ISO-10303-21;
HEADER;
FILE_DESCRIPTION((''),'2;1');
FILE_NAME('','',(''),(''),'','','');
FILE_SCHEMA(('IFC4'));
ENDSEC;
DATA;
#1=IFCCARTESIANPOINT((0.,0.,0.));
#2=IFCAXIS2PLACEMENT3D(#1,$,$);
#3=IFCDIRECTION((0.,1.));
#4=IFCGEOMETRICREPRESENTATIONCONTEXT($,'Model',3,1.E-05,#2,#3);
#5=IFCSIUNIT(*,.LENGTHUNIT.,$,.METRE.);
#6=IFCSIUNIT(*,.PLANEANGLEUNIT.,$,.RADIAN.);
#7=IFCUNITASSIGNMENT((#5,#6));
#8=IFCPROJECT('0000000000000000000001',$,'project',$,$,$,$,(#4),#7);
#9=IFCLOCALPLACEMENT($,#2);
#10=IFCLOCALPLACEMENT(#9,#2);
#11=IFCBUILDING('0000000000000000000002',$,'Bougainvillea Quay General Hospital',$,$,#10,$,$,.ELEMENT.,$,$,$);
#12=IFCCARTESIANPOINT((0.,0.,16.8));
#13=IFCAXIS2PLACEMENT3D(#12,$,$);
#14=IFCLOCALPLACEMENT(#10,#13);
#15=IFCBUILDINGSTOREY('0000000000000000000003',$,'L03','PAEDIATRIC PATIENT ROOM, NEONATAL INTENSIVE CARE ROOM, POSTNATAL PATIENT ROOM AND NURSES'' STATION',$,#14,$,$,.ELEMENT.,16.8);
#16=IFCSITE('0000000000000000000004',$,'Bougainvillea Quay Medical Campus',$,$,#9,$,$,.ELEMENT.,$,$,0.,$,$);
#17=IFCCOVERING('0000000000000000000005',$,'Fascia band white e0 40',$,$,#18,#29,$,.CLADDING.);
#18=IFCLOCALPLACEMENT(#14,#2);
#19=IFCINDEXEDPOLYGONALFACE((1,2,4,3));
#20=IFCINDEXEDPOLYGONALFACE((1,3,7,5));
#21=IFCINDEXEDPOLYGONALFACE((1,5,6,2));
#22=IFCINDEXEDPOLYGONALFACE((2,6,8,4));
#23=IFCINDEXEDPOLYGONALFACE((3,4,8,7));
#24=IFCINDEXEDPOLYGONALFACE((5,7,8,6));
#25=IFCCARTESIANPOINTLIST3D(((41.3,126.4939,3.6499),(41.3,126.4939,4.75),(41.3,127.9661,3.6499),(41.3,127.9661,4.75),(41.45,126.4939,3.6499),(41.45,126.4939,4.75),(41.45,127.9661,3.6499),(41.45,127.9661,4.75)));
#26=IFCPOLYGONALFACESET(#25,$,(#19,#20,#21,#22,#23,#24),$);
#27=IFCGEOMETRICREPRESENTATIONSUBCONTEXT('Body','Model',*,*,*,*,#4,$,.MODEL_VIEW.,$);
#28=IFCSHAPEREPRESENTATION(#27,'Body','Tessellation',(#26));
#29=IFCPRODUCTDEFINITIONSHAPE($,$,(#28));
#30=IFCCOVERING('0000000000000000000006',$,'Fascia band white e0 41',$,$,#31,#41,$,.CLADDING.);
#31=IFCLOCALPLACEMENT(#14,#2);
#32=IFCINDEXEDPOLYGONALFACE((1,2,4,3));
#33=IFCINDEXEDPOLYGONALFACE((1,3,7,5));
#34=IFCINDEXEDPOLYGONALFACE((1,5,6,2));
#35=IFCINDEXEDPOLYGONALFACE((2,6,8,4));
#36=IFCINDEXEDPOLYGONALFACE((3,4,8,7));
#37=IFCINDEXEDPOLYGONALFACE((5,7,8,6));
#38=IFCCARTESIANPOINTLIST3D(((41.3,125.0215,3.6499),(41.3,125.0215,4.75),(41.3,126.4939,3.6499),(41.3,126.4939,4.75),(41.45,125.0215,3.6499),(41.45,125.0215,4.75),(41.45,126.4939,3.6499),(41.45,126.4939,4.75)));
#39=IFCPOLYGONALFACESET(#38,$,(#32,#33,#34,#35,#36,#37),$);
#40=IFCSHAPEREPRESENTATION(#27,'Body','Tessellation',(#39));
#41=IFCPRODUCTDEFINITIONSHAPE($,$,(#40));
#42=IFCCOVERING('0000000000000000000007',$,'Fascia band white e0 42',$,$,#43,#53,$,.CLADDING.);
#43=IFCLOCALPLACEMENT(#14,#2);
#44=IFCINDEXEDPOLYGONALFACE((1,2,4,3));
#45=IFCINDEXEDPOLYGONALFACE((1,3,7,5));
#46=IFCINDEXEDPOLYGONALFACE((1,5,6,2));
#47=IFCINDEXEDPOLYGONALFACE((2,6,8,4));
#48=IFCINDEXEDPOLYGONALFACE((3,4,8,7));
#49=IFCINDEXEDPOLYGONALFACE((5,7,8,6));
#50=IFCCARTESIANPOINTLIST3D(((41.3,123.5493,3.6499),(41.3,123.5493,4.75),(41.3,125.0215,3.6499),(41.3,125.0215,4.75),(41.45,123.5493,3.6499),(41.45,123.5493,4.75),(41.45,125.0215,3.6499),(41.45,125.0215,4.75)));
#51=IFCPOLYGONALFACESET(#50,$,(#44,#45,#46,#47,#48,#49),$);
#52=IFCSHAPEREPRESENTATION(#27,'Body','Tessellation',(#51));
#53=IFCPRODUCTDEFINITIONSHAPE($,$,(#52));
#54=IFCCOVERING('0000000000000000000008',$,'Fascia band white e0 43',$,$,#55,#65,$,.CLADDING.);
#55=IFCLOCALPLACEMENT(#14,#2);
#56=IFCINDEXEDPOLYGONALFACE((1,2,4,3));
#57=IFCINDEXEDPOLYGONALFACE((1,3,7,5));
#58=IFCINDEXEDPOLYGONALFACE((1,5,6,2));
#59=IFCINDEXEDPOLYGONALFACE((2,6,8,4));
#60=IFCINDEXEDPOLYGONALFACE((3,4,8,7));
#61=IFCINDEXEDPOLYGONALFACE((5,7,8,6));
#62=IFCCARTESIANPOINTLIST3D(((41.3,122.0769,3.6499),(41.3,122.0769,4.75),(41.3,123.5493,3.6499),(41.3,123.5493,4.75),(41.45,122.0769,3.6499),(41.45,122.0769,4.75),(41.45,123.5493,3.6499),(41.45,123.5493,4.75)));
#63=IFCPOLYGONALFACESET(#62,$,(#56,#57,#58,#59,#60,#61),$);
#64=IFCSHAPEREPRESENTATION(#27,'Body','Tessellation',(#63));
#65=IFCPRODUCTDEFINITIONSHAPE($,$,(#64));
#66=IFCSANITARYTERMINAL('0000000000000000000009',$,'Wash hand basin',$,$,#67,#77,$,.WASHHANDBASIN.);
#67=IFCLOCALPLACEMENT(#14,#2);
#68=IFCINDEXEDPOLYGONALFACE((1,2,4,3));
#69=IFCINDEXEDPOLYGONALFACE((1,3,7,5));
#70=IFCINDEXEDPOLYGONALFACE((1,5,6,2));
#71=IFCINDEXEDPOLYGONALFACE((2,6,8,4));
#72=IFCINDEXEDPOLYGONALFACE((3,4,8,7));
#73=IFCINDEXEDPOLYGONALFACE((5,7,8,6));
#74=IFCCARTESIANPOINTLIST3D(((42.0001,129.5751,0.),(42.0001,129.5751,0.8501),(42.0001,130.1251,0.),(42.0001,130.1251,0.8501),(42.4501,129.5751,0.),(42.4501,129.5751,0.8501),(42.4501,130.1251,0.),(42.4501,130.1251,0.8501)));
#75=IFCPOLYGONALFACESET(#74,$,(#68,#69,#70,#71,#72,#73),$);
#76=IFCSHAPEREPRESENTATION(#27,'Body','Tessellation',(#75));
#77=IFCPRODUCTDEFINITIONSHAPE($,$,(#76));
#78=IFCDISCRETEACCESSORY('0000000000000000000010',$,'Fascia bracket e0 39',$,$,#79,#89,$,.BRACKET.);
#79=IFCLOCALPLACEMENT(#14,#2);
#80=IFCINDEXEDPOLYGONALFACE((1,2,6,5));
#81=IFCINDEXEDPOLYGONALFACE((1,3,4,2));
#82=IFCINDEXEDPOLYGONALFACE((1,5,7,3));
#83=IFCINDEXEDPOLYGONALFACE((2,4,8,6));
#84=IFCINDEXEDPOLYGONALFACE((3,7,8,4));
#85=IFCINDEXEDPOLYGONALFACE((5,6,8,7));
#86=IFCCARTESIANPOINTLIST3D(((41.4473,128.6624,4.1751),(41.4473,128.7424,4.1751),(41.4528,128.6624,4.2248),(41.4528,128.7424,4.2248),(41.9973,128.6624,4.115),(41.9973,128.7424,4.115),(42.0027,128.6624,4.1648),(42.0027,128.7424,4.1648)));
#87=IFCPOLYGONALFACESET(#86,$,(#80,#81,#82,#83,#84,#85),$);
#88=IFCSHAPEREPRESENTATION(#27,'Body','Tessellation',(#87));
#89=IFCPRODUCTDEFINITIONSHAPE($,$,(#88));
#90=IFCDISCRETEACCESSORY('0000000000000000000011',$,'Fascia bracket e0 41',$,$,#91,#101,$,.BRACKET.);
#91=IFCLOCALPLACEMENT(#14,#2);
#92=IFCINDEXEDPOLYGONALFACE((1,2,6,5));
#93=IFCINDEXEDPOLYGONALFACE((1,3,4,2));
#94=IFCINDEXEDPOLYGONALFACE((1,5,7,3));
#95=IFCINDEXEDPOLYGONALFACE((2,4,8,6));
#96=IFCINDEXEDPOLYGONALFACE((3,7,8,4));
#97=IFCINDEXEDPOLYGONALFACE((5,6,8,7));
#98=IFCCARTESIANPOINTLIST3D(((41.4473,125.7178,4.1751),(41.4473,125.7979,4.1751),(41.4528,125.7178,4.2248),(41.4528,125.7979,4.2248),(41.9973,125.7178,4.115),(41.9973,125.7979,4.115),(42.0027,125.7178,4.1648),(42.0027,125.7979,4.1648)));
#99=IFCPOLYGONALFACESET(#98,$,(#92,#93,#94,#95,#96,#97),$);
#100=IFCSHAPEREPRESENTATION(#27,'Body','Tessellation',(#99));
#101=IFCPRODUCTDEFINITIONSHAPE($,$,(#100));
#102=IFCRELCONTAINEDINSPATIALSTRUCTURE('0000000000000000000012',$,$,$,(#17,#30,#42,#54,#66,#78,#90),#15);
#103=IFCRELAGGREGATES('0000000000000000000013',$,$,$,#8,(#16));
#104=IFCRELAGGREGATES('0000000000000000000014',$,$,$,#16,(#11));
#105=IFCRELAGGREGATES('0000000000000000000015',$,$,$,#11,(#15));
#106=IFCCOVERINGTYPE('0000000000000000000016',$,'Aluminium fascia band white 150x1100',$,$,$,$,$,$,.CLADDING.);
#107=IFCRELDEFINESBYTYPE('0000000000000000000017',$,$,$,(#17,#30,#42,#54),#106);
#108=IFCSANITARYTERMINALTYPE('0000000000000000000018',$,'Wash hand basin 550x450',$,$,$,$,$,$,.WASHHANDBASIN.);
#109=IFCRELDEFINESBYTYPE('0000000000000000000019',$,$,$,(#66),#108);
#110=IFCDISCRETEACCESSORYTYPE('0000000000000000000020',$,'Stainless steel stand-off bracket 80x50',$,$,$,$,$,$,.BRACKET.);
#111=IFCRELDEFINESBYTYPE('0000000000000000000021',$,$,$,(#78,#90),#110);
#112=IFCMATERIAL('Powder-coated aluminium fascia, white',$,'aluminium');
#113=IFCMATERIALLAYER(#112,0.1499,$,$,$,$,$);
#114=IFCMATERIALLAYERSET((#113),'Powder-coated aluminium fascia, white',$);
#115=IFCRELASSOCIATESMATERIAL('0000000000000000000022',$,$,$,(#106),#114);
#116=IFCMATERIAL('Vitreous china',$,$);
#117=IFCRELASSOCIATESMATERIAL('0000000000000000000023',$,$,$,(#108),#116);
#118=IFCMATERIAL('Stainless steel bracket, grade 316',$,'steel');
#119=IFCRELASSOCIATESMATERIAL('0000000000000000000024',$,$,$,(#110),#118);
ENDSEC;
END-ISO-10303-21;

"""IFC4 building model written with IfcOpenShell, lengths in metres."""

from ifc_helpers import new_model, si_unit, direction, frame, origin, origin_2d, place, context, subcontext, project, spatial, polyline, rectangle, outline, extrude, material, layer, layer_set, material_profile, profile_set, type_object, element, save


model = new_model("IFC4")

# Units and contexts
model_context = context("Model", 3, precision=1e-05, world=origin(), true_north=direction((0.0, 1.0)))
body_context = subcontext(model_context, "Body", "Model", "MODEL_VIEW")
ifc_project = project(units=[si_unit("LENGTHUNIT", "METRE"), si_unit("PLANEANGLEUNIT", "RADIAN")], contexts=[model_context])

# Site, building, storey
site_placement = place(None, origin())
site = spatial("IfcSite", under=ifc_project, at=site_placement, Name="Bougainvillea Quay Medical Campus", CompositionType="ELEMENT", RefElevation=0.0)
building_placement = place(site_placement, origin())
building = spatial("IfcBuilding", under=site, at=building_placement, Name="Bougainvillea Quay General Hospital", CompositionType="ELEMENT")
storey_placement = place(building_placement, frame((0.0, 0.0, 16.8)))
storey = spatial("IfcBuildingStorey", under=building, at=storey_placement, Name="L03", Description="PAEDIATRIC PATIENT ROOM, NEONATAL INTENSIVE CARE ROOM, POSTNATAL PATIENT ROOM AND NURSES' STATION", CompositionType="ELEMENT", Elevation=16.8)

# Coverings
ifc_material_1 = material(Name="Powder-coated aluminium fascia, white", Category="aluminium")
ifc_layer_1 = layer(ifc_material_1, 0.1499)
ifc_layer_set_1 = layer_set([ifc_layer_1], Name="Powder-coated aluminium fascia, white")
covering_type = type_object("IfcCoveringType", Name="Aluminium fascia band white 150x1100", PredefinedType="CLADDING", material=ifc_layer_set_1)
covering_1_placement = place(storey_placement, frame((41.45, 127.9661, 3.6499), z_axis=(0.0, 0.0, 1.0), x_axis=(0.0, -1.0, 0.0)))
element("IfcCovering", 1, at=covering_1_placement, inside=storey, type_object=covering_type, Name="Fascia band white e0 40", PredefinedType="CLADDING", context=body_context, shape_type="SweptSolid", body=[
    extrude(outline(polyline([(0.0, 0.0), (1.4722, 0.0), (1.4722, -0.1499), (0.0, -0.1499), (0.0, 0.0)])), origin(), (0.0, 0.0, 1.0), 1.1001),
])
covering_2_placement = place(storey_placement, frame((41.45, 126.4939, 3.6499), z_axis=(0.0, 0.0, 1.0), x_axis=(0.0, -1.0, 0.0)))
element("IfcCovering", 2, at=covering_2_placement, inside=storey, type_object=covering_type, Name="Fascia band white e0 41", PredefinedType="CLADDING", context=body_context, shape_type="SweptSolid", body=[
    extrude(outline(polyline([(0.0, 0.0), (1.4724, 0.0), (1.4724, -0.1499), (0.0, -0.1499), (0.0, 0.0)])), origin(), (0.0, 0.0, 1.0), 1.1001),
])
covering_3_placement = place(storey_placement, frame((41.45, 125.0215, 3.6499), z_axis=(0.0, 0.0, 1.0), x_axis=(0.0, -1.0, 0.0)))
element("IfcCovering", 3, at=covering_3_placement, inside=storey, type_object=covering_type, Name="Fascia band white e0 42", PredefinedType="CLADDING", context=body_context, shape_type="SweptSolid", body=[
    extrude(outline(polyline([(0.0, 0.0), (1.4722, 0.0), (1.4722, -0.1499), (0.0, -0.1499), (0.0, 0.0)])), origin(), (0.0, 0.0, 1.0), 1.1001),
])
covering_4_placement = place(storey_placement, frame((41.45, 123.5493, 3.6499), z_axis=(0.0, 0.0, 1.0), x_axis=(0.0, -1.0, 0.0)))
element("IfcCovering", 4, at=covering_4_placement, inside=storey, type_object=covering_type, Name="Fascia band white e0 43", PredefinedType="CLADDING", context=body_context, shape_type="SweptSolid", body=[
    extrude(outline(polyline([(0.0, 0.0), (1.4724, 0.0), (1.4724, -0.1499), (0.0, -0.1499), (0.0, 0.0)])), origin(), (0.0, 0.0, 1.0), 1.1001),
])

# Sanitary terminal
ifc_material_2 = material(Name="Vitreous china")
sanitary_terminal_type = type_object("IfcSanitaryTerminalType", Name="Wash hand basin 550x450", PredefinedType="WASHHANDBASIN", material=ifc_material_2)
sanitary_terminal_placement = place(storey_placement, frame((42.2251, 129.8501, 0.0), z_axis=(0.0, 0.0, 1.0), x_axis=(0.0, 1.0, 0.0)))
element("IfcSanitaryTerminal", 5, at=sanitary_terminal_placement, inside=storey, type_object=sanitary_terminal_type, Name="Wash hand basin", PredefinedType="WASHHANDBASIN", context=body_context, shape_type="SweptSolid", body=[
    extrude(rectangle(XDim=0.55, YDim=0.45, at=origin_2d()), origin(), (0.0, 0.0, 1.0), 0.8501),
])

# Discrete accessories
ifc_material_3 = material(Name="Stainless steel bracket, grade 316", Category="steel")
ifc_material_profile_1 = material_profile(ifc_material_3, rectangle(XDim=0.0801, YDim=0.05, at=origin_2d()))
ifc_profile_set_1 = profile_set([ifc_material_profile_1], Name="Stainless steel bracket, grade 316")
discrete_accessory_type = type_object("IfcDiscreteAccessoryType", Name="Stainless steel stand-off bracket 80x50", PredefinedType="BRACKET", material=ifc_profile_set_1)
for number, where, z_axis, x_axis, name in (
    (6, (42.0, 128.7024, 4.1399), (-0.994092, 0.0, 0.108543), (0.0, -1.0, 0.0), "Fascia bracket e0 39"),
    (7, (42.0, 125.7578, 4.1399), (-0.994092, 0.0, 0.108543), (0.0, -1.0, 0.0), "Fascia bracket e0 41"),
):
    element("IfcDiscreteAccessory", number, at=place(storey_placement, frame(where, z_axis=z_axis, x_axis=x_axis)), inside=storey, type_object=discrete_accessory_type, Name=name, PredefinedType="BRACKET", context=body_context, shape_type="SweptSolid", body=[
        extrude(rectangle(XDim=0.0801, YDim=0.05, at=origin_2d()), origin(), (0.0, 0.0, 1.0), 0.5532),
    ])

save(model, "model.ifc")
